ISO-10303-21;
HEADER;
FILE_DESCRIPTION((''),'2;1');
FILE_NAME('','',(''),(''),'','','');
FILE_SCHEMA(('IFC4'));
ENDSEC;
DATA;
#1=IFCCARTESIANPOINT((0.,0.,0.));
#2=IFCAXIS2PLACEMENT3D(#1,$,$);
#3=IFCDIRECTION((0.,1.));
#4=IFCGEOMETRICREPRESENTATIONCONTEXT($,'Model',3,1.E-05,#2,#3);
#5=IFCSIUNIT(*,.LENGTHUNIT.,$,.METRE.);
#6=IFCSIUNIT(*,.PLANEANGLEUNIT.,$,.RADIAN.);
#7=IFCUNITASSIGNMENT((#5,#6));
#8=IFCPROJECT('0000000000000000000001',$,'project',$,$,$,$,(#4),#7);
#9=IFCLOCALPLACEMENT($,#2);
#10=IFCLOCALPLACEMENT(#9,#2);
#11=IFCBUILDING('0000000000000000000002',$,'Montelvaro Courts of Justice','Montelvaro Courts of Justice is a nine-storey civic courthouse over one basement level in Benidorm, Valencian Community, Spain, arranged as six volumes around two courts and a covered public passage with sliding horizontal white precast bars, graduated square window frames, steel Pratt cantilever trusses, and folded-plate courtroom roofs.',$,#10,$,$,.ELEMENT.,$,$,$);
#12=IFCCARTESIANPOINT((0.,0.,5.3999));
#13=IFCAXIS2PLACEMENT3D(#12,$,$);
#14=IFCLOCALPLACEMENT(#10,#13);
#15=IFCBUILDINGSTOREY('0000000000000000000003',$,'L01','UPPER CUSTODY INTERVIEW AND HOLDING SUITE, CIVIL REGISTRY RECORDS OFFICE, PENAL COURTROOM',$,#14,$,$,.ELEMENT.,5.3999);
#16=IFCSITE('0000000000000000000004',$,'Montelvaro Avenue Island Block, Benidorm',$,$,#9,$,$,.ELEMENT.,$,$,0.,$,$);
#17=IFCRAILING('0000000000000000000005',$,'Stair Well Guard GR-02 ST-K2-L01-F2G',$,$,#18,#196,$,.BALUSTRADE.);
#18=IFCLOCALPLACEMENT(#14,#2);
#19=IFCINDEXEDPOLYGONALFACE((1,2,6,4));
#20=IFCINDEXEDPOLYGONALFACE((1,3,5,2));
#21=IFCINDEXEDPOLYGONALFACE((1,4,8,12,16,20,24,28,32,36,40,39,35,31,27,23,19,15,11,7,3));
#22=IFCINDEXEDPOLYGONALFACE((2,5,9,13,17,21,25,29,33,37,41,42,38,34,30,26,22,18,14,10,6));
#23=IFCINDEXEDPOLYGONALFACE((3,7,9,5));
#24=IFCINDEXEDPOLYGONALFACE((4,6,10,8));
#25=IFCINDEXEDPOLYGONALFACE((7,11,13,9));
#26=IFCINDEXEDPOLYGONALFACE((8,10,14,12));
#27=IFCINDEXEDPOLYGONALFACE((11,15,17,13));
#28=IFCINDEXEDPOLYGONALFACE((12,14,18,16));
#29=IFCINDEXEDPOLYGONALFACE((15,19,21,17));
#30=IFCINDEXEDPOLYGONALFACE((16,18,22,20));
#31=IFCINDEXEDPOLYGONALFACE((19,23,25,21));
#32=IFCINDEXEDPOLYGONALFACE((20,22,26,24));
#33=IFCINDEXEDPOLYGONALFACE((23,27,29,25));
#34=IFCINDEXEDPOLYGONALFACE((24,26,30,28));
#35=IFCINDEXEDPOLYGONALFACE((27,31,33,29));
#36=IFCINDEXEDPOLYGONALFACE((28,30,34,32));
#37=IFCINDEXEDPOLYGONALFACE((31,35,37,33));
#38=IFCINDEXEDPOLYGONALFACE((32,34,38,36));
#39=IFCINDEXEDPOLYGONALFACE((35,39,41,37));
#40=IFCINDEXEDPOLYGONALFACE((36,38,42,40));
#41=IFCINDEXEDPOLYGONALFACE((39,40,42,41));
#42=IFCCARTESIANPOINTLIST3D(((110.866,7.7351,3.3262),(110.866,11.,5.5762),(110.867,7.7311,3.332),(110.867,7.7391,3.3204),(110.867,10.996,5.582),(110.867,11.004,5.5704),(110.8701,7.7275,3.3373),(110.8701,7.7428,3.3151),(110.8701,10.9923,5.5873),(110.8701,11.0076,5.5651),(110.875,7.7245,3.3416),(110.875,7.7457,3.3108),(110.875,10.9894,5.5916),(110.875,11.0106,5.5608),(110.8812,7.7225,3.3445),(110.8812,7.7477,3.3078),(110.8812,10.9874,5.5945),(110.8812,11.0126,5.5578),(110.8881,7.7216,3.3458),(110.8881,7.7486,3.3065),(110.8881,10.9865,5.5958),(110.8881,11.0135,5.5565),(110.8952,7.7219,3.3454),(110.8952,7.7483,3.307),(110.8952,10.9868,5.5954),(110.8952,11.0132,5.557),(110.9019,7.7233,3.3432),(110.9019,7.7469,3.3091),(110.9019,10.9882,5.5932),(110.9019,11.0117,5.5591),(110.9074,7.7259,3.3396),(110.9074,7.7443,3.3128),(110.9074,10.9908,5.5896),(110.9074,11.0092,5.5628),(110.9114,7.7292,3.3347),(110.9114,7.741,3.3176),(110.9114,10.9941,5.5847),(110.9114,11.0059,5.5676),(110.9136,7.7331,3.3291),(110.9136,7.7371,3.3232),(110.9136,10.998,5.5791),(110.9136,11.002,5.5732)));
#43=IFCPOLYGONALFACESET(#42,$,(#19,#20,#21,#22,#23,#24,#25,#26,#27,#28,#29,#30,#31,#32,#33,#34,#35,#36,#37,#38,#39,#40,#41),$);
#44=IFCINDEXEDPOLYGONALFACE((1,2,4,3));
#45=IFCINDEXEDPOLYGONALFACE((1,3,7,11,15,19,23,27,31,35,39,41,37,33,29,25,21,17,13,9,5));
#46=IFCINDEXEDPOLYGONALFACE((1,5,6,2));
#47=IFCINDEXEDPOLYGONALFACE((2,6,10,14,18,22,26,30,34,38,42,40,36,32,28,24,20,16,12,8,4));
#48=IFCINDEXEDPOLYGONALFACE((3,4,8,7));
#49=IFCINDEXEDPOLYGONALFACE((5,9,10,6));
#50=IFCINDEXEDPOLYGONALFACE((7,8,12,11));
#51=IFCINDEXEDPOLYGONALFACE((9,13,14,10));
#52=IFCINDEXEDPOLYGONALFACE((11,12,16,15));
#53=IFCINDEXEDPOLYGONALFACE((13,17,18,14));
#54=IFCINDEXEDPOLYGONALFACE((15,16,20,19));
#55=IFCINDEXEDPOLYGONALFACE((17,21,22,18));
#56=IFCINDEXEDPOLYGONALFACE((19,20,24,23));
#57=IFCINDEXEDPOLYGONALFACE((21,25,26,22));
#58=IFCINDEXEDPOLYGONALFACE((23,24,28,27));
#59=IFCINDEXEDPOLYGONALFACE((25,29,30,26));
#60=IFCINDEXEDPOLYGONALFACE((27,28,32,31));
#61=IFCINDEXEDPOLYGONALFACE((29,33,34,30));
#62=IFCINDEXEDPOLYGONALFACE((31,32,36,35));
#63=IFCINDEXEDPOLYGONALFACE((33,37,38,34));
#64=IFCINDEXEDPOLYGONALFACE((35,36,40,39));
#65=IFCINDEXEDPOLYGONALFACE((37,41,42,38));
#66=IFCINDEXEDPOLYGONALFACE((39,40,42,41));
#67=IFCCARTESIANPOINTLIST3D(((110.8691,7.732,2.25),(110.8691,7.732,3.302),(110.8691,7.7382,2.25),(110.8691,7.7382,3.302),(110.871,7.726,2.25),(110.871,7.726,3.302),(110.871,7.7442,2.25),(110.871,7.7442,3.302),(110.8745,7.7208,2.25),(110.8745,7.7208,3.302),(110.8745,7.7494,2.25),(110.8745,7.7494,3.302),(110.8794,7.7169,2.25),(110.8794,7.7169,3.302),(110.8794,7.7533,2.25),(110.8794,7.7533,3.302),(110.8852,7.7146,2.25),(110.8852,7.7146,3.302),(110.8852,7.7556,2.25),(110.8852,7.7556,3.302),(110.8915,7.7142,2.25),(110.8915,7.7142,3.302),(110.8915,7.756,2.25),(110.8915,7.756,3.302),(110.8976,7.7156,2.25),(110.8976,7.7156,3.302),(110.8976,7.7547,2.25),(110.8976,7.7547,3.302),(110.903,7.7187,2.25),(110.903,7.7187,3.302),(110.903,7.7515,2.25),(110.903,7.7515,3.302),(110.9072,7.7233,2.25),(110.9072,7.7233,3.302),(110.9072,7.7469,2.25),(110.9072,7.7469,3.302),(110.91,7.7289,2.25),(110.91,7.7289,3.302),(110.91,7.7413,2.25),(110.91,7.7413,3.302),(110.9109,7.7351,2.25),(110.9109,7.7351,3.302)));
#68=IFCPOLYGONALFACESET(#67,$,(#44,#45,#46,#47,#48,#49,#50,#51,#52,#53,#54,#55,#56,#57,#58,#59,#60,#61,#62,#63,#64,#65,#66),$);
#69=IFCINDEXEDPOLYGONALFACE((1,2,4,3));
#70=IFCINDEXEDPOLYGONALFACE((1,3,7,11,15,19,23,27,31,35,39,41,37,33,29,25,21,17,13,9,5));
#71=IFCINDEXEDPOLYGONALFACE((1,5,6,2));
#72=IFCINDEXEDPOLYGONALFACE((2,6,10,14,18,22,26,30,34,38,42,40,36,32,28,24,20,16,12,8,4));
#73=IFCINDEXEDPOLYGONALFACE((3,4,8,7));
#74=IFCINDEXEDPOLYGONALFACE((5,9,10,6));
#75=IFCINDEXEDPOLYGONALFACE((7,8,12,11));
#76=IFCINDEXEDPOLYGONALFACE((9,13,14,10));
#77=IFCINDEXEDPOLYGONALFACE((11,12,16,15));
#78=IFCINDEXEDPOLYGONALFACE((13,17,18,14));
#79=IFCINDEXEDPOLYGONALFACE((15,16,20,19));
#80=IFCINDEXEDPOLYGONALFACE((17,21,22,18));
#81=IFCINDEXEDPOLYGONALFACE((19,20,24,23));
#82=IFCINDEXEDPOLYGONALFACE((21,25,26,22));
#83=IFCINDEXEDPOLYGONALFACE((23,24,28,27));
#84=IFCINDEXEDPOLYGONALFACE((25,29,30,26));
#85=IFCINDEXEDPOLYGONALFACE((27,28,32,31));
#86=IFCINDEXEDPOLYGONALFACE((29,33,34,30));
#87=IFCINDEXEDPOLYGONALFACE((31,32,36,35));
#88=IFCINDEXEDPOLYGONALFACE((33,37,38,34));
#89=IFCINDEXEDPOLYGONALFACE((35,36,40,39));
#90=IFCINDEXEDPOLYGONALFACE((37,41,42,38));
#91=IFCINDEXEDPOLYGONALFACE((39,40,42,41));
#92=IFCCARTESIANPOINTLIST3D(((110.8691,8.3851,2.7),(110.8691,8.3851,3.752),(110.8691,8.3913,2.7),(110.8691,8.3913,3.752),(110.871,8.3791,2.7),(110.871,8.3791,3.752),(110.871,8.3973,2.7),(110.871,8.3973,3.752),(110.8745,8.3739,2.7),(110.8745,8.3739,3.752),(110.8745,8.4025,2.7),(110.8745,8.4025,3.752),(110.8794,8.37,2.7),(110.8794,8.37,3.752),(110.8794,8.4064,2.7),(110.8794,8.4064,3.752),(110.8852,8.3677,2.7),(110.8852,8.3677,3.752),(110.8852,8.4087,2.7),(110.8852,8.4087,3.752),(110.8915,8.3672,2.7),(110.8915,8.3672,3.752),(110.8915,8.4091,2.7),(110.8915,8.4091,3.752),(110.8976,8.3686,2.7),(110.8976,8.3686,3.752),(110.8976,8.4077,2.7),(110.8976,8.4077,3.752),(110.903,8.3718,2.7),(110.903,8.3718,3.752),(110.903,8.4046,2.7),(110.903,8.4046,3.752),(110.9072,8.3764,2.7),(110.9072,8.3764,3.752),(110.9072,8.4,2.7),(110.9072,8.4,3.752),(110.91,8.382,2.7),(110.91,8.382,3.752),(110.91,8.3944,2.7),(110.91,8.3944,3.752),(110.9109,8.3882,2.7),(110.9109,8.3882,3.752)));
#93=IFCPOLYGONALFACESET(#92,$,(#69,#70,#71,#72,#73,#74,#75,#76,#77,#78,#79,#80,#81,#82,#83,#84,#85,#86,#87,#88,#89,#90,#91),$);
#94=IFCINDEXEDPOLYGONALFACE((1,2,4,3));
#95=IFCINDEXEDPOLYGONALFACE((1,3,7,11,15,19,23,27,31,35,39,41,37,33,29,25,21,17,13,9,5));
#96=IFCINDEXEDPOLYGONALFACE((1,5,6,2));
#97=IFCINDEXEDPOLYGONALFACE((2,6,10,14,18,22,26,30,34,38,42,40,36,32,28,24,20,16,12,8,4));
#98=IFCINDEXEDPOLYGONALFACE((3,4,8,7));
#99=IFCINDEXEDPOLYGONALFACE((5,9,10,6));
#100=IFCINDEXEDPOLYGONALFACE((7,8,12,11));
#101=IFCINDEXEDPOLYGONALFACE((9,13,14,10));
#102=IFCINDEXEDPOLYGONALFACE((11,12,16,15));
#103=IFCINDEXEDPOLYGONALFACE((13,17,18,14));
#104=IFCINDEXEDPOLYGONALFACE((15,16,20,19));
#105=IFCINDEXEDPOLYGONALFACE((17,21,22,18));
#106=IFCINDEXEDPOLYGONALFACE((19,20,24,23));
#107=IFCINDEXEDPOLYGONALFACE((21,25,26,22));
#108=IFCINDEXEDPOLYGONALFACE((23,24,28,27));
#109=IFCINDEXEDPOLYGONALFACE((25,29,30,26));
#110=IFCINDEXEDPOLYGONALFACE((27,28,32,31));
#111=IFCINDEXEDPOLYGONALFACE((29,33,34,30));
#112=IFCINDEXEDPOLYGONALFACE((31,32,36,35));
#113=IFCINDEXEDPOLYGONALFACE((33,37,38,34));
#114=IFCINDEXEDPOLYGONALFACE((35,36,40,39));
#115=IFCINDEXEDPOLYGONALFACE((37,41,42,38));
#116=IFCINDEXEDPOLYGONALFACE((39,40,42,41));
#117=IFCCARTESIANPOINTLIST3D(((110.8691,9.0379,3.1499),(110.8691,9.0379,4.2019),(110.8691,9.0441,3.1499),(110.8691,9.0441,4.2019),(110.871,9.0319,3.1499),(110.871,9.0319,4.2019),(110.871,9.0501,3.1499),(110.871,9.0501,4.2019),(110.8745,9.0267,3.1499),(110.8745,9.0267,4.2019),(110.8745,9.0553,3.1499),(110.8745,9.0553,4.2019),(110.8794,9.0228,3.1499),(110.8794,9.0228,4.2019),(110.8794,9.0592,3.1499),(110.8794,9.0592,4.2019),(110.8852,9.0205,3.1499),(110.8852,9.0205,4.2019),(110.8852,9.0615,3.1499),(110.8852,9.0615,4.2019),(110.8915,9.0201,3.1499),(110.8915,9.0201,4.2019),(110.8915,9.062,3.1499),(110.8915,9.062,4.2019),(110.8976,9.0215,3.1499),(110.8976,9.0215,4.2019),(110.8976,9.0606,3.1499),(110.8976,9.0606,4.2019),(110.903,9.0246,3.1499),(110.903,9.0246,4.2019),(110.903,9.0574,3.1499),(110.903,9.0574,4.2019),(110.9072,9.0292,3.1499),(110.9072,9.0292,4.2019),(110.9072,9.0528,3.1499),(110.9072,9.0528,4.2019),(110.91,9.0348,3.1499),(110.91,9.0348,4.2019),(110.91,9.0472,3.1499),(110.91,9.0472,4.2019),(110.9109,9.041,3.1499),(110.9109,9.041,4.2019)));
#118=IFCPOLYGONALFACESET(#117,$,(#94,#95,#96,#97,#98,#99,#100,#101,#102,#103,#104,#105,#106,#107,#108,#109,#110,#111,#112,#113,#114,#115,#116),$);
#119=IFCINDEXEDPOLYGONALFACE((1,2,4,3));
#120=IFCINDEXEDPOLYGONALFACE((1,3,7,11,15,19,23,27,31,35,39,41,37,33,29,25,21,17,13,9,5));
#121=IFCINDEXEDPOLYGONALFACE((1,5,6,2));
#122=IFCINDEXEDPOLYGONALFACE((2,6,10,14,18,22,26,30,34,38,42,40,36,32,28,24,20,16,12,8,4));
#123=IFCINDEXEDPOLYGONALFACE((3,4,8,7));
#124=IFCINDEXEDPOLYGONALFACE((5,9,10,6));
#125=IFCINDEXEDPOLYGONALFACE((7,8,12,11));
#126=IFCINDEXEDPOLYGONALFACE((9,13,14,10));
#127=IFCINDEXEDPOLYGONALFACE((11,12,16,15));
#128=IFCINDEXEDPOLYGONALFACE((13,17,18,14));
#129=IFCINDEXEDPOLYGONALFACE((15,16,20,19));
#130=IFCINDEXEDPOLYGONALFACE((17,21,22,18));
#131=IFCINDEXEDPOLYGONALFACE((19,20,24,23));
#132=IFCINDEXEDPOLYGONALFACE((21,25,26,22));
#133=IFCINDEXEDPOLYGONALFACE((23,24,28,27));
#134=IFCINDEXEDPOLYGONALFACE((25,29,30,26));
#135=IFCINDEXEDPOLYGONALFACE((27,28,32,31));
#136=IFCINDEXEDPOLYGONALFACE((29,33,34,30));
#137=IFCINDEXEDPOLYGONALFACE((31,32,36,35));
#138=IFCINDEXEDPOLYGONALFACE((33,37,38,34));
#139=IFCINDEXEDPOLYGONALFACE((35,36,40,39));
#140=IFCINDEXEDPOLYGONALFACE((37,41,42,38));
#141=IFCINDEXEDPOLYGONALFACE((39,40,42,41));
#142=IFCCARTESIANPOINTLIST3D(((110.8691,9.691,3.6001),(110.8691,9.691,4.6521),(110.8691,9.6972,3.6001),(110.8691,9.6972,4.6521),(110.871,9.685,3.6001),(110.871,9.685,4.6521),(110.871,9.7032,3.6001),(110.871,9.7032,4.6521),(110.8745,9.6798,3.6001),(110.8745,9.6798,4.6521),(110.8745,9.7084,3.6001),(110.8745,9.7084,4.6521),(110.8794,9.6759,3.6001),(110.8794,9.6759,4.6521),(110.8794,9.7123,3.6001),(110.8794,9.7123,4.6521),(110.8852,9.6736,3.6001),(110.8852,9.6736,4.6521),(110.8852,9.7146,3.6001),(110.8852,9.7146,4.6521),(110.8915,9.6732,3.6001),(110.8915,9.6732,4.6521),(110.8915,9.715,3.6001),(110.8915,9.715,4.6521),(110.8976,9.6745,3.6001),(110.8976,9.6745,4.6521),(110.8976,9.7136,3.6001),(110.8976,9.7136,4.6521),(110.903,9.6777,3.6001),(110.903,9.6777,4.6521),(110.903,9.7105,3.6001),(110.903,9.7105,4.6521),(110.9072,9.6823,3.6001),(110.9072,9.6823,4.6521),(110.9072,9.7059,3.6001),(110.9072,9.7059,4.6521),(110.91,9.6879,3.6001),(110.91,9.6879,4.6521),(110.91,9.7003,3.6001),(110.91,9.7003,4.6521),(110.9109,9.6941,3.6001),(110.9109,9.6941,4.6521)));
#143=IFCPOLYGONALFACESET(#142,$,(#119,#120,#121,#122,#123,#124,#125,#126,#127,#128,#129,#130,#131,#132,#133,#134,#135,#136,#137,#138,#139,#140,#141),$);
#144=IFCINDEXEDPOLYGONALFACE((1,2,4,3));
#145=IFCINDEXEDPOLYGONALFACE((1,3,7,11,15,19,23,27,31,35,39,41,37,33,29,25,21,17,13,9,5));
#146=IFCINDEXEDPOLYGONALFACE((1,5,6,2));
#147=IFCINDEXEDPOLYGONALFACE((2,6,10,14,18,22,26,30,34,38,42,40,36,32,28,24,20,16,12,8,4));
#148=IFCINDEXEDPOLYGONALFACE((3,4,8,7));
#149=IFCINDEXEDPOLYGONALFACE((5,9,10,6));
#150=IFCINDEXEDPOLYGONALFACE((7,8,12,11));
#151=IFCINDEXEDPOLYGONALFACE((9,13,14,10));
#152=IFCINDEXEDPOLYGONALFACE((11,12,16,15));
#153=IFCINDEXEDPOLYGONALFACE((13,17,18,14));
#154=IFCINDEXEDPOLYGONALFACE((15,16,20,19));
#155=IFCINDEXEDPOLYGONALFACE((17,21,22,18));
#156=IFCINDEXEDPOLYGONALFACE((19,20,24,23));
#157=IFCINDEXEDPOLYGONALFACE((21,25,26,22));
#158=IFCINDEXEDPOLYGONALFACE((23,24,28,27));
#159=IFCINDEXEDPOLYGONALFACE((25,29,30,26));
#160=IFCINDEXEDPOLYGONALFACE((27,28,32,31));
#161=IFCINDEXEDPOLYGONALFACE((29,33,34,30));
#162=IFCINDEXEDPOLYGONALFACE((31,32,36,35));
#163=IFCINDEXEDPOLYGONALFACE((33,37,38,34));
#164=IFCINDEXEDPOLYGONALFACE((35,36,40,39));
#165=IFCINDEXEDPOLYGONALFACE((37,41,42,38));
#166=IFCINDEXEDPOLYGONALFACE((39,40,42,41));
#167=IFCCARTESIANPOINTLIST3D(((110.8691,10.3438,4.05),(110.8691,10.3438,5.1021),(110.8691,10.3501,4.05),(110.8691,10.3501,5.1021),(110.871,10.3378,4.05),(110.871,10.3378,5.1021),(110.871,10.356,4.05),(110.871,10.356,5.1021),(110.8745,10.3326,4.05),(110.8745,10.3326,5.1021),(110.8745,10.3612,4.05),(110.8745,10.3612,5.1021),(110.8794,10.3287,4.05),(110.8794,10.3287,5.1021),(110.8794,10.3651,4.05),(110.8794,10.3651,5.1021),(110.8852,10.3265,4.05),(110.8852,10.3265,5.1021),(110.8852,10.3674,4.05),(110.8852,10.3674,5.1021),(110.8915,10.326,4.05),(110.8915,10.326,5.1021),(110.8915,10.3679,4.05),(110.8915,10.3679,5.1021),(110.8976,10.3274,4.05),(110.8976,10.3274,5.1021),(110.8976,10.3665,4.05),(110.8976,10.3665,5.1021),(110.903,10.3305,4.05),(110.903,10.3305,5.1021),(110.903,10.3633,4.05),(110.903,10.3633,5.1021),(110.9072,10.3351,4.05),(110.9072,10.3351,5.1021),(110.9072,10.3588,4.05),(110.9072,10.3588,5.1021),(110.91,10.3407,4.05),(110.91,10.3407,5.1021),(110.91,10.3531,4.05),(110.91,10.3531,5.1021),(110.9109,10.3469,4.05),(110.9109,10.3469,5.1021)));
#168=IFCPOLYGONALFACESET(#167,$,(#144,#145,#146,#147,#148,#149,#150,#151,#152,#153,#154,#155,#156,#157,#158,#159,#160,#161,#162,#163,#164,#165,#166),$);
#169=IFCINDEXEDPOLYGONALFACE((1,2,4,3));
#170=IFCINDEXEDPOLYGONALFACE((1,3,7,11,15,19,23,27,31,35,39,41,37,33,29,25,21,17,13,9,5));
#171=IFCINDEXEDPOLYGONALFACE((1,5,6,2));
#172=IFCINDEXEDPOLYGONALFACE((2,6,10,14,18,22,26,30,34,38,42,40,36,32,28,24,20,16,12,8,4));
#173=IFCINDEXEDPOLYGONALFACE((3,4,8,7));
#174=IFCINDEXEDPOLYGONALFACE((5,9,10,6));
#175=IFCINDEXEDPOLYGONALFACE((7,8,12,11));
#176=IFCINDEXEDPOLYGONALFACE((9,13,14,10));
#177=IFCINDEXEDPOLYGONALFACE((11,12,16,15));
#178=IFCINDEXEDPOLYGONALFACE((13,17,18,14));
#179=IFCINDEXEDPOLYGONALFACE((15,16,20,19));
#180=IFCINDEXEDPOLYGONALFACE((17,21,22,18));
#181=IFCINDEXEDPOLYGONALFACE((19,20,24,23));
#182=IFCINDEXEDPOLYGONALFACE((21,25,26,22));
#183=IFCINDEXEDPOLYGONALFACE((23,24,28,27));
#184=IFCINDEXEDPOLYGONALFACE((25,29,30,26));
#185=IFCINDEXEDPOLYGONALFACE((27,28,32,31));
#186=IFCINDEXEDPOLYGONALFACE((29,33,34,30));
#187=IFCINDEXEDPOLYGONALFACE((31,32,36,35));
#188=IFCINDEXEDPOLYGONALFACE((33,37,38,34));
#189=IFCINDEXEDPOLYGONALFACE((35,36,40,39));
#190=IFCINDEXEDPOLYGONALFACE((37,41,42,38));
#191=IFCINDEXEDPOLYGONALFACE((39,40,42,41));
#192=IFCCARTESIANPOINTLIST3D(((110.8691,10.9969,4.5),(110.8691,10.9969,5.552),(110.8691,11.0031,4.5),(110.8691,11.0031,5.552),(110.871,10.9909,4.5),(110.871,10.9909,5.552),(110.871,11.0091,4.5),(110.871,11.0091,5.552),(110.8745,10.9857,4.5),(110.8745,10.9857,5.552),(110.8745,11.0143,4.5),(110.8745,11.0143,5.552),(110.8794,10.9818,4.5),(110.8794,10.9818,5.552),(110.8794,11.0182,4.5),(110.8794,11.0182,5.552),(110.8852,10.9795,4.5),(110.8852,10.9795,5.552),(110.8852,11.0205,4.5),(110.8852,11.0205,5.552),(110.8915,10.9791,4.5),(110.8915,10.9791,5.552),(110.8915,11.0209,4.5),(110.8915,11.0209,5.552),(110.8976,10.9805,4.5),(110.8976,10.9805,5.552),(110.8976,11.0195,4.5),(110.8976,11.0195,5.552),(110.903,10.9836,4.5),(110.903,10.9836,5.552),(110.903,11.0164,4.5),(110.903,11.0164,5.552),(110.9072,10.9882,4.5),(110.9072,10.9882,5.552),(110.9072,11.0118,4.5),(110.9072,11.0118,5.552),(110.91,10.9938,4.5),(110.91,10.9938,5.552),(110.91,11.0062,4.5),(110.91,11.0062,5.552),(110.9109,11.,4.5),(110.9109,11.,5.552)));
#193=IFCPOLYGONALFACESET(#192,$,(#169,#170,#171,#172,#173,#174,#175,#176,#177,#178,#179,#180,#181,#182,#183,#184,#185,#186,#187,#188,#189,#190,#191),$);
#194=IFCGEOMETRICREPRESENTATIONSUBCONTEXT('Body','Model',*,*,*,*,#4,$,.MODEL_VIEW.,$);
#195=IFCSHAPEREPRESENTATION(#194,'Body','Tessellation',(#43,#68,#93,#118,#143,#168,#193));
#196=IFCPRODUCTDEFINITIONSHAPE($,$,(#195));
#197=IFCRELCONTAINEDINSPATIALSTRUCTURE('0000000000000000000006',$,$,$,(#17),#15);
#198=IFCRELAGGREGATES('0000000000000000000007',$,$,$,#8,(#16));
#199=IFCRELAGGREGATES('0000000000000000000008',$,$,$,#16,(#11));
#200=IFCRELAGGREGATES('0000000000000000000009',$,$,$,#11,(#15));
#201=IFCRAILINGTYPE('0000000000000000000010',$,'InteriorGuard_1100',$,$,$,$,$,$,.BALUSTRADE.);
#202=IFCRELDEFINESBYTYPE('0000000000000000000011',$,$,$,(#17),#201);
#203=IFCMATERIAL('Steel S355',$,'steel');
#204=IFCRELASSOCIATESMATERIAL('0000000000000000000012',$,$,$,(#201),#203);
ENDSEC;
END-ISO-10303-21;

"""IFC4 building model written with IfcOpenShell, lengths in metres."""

from ifc_helpers import new_model, si_unit, direction, frame, origin, origin_2d, place, context, subcontext, project, spatial, circle, extrude, material, type_object, element, save


model = new_model("IFC4")

# Units and contexts
model_context = context("Model", 3, precision=1e-05, world=origin(), true_north=direction((0.0, 1.0)))
body_context = subcontext(model_context, "Body", "Model", "MODEL_VIEW")
ifc_project = project(units=[si_unit("LENGTHUNIT", "METRE"), si_unit("PLANEANGLEUNIT", "RADIAN")], contexts=[model_context])

# Site, building, storey
site_placement = place(None, origin())
site = spatial("IfcSite", under=ifc_project, at=site_placement, Name="Montelvaro Avenue Island Block, Benidorm", CompositionType="ELEMENT", RefElevation=0.0)
building_placement = place(site_placement, origin())
building = spatial("IfcBuilding", under=site, at=building_placement, Name="Montelvaro Courts of Justice", Description="Montelvaro Courts of Justice is a nine-storey civic courthouse over one basement level in Benidorm, Valencian Community, Spain, arranged as six volumes around two courts and a covered public passage with sliding horizontal white precast bars, graduated square window frames, steel Pratt cantilever trusses, and folded-plate courtroom roofs.", CompositionType="ELEMENT")
storey_placement = place(building_placement, frame((0.0, 0.0, 5.3999)))
storey = spatial("IfcBuildingStorey", under=building, at=storey_placement, Name="L01", Description="UPPER CUSTODY INTERVIEW AND HOLDING SUITE, CIVIL REGISTRY RECORDS OFFICE, PENAL COURTROOM", CompositionType="ELEMENT", Elevation=5.3999)

# Shared definitions
ifc_material_1 = material(Name="Steel S355", Category="steel")

# Railing
railing_type_1 = type_object("IfcRailingType", Name="InteriorGuard_1100", PredefinedType="BALUSTRADE", material=ifc_material_1)
railing_1_placement = place(storey_placement, frame((110.8899, 7.7351, 2.25)))
element("IfcRailing", 1, at=railing_1_placement, inside=storey, type_object=railing_type_1, Name="Stair Well Guard GR-02 ST-K2-L01-F2G", PredefinedType="BALUSTRADE", context=body_context, shape_type="SweptSolid", body=[
    extrude(circle(Radius=0.0239, at=origin_2d()), frame((0.0, 0.0, 1.0762), z_axis=(0.0, 0.823407, 0.567451), x_axis=(-1.0, 0.0, 0.0)), (0.0, 0.0, 1.0), 3.9651),
    extrude(circle(Radius=0.021, at=origin_2d()), origin(), (0.0, 0.0, 1.0), 1.052),
    extrude(circle(Radius=0.021, at=origin_2d()), frame((0.0, 0.6531, 0.45)), (0.0, 0.0, 1.0), 1.052),
    extrude(circle(Radius=0.021, at=origin_2d()), frame((0.0, 1.3059, 0.8999)), (0.0, 0.0, 1.0), 1.052),
    extrude(circle(Radius=0.021, at=origin_2d()), frame((0.0, 1.959, 1.3501)), (0.0, 0.0, 1.0), 1.052),
    extrude(circle(Radius=0.021, at=origin_2d()), frame((0.0, 2.6118, 1.8)), (0.0, 0.0, 1.0), 1.052),
    extrude(circle(Radius=0.021, at=origin_2d()), frame((0.0, 3.2649, 2.25)), (0.0, 0.0, 1.0), 1.052),
])

save(model, "model.ifc")
